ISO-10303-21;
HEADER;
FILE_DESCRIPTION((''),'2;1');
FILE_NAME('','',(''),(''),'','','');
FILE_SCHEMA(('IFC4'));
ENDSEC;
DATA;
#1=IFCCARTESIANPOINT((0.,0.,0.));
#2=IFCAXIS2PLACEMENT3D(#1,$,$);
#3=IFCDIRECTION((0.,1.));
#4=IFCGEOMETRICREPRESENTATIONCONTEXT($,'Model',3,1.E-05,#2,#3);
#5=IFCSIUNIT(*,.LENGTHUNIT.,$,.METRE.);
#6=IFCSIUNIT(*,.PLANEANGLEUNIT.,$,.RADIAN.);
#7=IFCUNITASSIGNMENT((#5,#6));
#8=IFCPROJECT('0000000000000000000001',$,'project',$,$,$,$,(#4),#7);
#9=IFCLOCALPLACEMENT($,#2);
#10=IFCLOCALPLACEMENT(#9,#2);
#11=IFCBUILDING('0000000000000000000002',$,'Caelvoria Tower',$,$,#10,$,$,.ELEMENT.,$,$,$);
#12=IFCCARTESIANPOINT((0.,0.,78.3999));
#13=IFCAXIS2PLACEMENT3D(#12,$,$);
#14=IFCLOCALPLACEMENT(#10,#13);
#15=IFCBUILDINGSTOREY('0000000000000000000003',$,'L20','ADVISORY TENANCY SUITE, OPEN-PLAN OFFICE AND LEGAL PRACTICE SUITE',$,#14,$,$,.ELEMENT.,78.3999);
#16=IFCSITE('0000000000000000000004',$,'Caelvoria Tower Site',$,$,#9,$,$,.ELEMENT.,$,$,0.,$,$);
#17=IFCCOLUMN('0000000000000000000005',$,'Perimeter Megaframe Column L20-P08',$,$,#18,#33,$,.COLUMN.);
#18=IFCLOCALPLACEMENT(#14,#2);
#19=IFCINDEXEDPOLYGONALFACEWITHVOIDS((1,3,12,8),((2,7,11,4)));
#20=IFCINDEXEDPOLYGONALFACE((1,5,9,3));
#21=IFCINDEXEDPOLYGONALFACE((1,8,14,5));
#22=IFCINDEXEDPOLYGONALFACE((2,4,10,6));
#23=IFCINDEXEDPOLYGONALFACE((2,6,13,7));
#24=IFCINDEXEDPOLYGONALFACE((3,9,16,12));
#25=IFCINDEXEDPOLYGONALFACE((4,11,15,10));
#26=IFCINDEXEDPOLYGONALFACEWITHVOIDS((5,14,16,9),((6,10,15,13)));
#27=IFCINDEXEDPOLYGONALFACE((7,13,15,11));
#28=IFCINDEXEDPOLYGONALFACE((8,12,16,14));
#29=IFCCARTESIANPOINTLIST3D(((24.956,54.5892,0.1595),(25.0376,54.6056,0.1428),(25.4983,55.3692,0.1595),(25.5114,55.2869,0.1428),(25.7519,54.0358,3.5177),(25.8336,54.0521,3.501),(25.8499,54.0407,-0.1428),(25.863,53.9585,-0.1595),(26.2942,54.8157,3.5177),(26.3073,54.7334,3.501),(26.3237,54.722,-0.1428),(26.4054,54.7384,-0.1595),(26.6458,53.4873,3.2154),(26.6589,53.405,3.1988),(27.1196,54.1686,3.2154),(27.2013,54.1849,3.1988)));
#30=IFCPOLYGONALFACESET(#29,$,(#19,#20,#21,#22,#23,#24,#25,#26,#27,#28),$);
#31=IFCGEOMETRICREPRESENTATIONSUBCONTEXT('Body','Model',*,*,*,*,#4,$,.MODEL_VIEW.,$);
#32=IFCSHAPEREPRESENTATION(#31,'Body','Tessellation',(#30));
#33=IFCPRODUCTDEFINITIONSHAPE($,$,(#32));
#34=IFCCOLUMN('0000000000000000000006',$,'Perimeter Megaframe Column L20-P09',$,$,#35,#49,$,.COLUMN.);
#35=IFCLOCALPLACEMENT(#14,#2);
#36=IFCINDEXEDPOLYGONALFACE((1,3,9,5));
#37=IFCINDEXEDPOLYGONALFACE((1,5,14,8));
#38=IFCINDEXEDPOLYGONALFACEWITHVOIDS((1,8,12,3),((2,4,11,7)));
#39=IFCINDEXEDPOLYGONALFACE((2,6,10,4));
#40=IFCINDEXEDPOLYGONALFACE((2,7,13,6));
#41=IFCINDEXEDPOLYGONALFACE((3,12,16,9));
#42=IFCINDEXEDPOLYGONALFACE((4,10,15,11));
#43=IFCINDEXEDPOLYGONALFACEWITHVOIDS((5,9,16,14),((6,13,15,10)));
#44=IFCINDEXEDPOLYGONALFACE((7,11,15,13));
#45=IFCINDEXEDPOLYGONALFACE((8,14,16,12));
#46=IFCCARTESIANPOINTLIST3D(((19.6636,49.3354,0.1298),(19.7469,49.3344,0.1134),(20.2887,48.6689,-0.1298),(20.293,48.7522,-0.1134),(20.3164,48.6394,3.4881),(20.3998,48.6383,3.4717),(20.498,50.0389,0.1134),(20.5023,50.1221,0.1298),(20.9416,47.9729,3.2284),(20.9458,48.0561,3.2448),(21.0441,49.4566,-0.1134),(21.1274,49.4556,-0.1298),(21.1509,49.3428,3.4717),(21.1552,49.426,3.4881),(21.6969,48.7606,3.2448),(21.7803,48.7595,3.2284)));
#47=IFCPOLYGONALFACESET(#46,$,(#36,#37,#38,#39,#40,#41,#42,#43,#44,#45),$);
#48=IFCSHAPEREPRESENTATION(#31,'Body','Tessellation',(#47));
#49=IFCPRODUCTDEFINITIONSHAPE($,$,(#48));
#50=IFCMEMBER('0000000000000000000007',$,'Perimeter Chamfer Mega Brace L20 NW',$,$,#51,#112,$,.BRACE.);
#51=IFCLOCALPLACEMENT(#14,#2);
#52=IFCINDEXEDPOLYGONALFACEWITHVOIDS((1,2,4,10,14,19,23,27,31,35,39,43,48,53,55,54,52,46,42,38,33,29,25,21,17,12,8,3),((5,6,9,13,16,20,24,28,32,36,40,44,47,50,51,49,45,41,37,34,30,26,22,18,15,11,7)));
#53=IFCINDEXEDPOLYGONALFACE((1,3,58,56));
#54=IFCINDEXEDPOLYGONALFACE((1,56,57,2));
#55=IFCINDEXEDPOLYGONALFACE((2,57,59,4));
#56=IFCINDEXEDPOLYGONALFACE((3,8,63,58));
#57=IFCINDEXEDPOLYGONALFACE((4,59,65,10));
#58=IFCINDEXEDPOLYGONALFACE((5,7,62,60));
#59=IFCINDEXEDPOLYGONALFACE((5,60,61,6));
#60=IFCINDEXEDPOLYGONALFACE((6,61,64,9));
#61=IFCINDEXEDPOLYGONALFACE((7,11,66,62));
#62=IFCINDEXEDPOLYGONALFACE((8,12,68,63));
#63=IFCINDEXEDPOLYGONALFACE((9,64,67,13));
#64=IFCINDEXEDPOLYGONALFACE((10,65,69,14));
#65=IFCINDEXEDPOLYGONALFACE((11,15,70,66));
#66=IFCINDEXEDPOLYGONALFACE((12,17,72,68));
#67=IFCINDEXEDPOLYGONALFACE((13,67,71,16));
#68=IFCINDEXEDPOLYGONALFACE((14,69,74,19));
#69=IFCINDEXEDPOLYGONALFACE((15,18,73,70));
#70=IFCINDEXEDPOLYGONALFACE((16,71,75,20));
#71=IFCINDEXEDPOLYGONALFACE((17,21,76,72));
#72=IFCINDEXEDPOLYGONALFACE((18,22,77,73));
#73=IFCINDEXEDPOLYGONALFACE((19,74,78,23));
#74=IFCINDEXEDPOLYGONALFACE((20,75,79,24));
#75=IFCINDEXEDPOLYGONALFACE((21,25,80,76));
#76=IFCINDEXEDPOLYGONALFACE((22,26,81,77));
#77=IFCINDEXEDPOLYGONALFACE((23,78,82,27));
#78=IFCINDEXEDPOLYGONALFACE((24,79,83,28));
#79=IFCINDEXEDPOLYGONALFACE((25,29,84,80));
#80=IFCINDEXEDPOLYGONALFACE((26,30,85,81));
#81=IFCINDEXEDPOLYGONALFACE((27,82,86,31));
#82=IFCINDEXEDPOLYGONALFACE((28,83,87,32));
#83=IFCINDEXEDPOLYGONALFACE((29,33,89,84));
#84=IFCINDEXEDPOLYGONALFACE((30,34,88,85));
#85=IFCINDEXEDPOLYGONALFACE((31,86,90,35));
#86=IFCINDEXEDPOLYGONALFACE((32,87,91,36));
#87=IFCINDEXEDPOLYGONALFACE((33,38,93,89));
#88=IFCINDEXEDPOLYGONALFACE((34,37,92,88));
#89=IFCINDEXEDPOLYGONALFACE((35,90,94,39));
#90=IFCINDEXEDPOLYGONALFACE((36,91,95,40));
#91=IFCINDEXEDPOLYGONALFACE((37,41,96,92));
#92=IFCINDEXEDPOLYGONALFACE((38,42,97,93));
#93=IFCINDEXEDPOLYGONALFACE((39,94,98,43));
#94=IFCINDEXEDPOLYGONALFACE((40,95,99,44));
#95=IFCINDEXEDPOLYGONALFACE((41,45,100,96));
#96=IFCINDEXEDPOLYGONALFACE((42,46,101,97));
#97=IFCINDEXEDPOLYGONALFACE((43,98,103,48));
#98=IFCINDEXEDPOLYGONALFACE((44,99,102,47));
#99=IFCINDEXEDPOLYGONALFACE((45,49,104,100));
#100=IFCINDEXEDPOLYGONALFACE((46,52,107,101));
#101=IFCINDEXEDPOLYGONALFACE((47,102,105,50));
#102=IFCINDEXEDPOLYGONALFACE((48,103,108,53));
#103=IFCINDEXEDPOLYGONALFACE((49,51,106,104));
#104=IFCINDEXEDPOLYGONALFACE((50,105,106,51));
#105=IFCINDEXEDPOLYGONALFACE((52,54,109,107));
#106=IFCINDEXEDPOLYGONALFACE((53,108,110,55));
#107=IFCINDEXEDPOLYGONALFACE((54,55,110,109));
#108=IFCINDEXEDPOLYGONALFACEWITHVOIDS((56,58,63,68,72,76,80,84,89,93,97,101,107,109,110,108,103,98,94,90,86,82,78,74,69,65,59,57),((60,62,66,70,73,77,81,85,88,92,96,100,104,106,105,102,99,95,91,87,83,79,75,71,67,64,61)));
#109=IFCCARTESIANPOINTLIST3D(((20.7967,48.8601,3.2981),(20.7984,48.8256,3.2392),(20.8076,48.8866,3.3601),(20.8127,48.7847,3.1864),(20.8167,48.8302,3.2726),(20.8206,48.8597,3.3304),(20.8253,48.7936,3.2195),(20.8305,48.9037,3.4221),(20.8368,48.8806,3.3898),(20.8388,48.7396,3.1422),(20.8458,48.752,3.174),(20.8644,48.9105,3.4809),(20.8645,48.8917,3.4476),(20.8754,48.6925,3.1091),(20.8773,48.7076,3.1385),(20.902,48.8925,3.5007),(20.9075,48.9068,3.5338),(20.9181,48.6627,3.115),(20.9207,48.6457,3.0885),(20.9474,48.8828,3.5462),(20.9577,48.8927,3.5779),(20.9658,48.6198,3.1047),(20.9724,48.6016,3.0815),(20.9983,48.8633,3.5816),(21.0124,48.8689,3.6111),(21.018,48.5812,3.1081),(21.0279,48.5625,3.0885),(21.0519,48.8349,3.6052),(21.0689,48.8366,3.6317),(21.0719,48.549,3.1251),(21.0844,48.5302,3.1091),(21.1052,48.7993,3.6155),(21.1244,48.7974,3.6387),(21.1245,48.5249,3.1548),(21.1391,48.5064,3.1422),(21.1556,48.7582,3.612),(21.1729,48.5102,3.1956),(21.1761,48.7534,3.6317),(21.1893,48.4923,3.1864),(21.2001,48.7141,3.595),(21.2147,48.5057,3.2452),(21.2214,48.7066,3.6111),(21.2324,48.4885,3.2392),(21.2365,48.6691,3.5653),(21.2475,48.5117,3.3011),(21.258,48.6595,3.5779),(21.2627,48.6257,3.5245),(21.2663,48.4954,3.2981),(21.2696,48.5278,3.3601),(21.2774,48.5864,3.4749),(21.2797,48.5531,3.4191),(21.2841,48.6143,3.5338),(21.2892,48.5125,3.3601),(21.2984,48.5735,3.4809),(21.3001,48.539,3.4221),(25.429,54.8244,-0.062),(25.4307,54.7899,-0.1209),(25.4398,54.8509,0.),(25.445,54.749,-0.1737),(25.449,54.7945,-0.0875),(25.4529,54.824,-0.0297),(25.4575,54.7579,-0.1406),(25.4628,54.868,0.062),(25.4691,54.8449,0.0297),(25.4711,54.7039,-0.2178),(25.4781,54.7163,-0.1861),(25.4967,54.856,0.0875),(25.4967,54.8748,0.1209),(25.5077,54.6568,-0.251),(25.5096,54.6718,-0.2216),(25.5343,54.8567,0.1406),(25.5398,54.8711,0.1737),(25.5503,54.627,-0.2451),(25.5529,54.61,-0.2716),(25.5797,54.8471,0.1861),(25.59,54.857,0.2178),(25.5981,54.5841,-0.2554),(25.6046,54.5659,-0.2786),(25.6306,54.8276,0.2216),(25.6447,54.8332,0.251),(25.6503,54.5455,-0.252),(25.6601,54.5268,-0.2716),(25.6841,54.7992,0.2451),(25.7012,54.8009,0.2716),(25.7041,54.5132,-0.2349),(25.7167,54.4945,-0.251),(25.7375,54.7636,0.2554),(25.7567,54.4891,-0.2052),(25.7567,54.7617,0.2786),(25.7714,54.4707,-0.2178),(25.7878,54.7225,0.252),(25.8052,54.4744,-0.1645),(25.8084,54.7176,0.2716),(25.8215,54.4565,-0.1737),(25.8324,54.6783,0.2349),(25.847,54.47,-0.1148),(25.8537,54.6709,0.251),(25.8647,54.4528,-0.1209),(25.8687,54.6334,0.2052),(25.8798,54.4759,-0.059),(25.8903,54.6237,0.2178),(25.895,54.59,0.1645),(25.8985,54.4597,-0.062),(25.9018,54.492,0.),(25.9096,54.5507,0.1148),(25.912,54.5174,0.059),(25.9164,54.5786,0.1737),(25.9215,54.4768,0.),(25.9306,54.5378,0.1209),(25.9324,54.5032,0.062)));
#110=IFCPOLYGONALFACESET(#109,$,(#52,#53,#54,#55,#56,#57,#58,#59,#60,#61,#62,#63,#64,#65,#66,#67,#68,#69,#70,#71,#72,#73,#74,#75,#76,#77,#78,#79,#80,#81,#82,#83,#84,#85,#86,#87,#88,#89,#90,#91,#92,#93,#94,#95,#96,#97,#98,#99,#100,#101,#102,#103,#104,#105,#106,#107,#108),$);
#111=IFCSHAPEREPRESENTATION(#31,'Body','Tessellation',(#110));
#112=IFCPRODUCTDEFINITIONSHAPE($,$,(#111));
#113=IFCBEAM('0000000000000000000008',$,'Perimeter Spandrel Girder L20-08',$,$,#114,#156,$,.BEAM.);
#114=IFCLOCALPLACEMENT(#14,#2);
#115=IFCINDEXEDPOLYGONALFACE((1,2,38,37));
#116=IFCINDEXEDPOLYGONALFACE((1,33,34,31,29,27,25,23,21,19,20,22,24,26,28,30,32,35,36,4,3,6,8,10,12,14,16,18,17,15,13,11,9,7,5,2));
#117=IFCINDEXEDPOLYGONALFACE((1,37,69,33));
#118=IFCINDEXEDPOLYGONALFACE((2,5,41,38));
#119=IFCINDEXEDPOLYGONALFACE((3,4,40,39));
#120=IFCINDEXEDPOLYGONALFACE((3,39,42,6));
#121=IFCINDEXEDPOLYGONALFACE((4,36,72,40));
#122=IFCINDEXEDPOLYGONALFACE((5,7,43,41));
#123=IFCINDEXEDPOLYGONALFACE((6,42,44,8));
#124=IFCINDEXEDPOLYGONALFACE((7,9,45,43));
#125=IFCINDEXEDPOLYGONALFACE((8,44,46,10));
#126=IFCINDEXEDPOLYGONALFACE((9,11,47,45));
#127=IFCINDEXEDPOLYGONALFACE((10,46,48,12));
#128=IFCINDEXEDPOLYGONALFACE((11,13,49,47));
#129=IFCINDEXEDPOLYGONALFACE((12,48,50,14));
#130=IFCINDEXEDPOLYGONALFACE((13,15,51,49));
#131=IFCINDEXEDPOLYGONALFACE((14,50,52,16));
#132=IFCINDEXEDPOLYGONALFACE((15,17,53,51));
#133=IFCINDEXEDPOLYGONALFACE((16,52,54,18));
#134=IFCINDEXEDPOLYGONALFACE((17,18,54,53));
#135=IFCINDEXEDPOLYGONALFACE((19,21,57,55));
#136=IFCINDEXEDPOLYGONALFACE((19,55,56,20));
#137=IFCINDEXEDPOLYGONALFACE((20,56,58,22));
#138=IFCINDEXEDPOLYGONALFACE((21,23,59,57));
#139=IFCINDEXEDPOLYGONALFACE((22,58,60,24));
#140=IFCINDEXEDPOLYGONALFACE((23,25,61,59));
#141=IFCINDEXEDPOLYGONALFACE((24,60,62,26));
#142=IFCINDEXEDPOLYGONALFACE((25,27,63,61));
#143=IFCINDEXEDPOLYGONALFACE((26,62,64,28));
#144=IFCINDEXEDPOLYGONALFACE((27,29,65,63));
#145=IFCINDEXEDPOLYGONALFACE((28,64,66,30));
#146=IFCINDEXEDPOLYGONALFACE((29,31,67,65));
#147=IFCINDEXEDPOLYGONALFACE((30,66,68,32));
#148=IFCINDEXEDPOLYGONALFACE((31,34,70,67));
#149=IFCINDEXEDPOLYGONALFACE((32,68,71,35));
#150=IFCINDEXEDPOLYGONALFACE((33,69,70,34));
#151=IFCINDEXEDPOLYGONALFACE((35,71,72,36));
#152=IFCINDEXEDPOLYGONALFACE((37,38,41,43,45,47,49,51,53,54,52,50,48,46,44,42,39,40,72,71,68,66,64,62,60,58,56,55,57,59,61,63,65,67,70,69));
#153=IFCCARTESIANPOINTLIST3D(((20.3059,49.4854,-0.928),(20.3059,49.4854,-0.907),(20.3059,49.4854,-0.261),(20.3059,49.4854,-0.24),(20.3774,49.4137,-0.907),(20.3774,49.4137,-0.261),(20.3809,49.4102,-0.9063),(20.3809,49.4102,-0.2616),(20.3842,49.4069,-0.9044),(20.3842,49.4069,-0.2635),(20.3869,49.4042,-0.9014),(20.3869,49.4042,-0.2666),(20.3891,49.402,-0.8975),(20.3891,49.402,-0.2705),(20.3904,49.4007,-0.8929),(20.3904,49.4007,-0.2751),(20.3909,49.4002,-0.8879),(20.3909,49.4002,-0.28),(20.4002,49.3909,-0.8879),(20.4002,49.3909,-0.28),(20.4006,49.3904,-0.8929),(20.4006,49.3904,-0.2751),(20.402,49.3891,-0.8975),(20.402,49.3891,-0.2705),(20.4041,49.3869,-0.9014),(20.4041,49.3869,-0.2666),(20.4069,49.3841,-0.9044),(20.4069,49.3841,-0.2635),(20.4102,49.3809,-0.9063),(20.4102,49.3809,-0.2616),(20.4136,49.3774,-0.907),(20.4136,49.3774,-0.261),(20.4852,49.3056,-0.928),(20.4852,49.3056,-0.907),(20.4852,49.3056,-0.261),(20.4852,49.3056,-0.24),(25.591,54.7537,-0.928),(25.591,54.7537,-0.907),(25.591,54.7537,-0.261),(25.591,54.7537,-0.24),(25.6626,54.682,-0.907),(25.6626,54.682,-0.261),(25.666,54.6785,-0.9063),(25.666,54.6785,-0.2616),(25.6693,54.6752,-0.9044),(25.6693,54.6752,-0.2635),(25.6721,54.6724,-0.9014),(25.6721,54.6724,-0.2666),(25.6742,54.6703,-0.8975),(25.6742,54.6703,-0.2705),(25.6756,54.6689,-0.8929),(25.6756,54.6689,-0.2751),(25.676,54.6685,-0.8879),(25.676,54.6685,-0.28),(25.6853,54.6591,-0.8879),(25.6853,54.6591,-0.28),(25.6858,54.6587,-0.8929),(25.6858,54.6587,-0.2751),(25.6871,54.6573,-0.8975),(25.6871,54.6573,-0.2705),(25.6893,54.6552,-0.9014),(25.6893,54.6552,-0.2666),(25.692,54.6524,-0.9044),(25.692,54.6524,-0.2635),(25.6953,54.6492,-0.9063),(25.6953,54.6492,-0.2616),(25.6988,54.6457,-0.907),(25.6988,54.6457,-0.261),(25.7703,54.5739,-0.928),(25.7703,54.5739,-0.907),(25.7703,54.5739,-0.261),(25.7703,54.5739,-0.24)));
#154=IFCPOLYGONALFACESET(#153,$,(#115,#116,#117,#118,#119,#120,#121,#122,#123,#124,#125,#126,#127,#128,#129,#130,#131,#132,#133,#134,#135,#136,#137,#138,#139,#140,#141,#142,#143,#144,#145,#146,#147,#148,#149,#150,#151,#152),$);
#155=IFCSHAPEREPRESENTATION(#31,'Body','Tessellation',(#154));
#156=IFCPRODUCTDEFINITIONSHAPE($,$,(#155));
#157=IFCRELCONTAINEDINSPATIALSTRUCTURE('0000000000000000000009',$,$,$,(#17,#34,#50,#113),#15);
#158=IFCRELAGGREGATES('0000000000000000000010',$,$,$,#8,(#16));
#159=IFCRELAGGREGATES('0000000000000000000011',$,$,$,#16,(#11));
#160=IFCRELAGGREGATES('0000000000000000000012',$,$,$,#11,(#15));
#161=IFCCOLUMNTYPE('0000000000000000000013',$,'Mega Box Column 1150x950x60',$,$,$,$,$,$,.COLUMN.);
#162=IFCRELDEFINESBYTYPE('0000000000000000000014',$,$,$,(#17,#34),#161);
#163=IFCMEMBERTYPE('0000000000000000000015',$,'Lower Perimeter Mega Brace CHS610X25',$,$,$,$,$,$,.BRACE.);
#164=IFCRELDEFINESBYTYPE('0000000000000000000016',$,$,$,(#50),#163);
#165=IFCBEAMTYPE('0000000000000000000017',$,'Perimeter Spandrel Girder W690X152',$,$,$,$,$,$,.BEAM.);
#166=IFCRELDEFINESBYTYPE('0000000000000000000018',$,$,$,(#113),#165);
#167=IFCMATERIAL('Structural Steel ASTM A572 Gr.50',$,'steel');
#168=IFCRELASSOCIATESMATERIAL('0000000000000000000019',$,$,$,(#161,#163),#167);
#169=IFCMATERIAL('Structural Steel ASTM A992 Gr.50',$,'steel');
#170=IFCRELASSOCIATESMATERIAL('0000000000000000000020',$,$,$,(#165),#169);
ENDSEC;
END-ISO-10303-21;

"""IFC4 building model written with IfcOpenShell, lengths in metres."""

from ifc_helpers import new_model, si_unit, direction, frame, origin, origin_2d, place, context, subcontext, project, spatial, hollow_rectangle, hollow_circle, i_section, extrude, material, material_profile, profile_set, type_object, element, save


model = new_model("IFC4")

# Units and contexts
model_context = context("Model", 3, precision=1e-05, world=origin(), true_north=direction((0.0, 1.0)))
body_context = subcontext(model_context, "Body", "Model", "MODEL_VIEW")
ifc_project = project(units=[si_unit("LENGTHUNIT", "METRE"), si_unit("PLANEANGLEUNIT", "RADIAN")], contexts=[model_context])

# Site, building, storey
site_placement = place(None, origin())
site = spatial("IfcSite", under=ifc_project, at=site_placement, Name="Caelvoria Tower Site", CompositionType="ELEMENT", RefElevation=0.0)
building_placement = place(site_placement, origin())
building = spatial("IfcBuilding", under=site, at=building_placement, Name="Caelvoria Tower", CompositionType="ELEMENT")
storey_placement = place(building_placement, frame((0.0, 0.0, 78.3999)))
storey = spatial("IfcBuildingStorey", under=building, at=storey_placement, Name="L20", Description="ADVISORY TENANCY SUITE, OPEN-PLAN OFFICE AND LEGAL PRACTICE SUITE", CompositionType="ELEMENT", Elevation=78.3999)

# Columns
ifc_material_1 = material(Name="Structural Steel ASTM A572 Gr.50", Category="steel")
ifc_material_profile_1 = material_profile(ifc_material_1, hollow_rectangle(XDim=0.95, YDim=1.1499, WallThickness=0.0601, at=origin_2d()), Name="Structural Steel ASTM A572 Gr.50")
ifc_profile_set_1 = profile_set([ifc_material_profile_1], Name="BOX1150X950X60 - Structural Steel ASTM A572 Gr.50")
column_type = type_object("IfcColumnType", Name="Mega Box Column 1150x950x60", PredefinedType="COLUMN", material=ifc_profile_set_1)
column_1_placement = place(storey_placement, frame((25.6807, 54.6638, 0.0), z_axis=(0.227707, -0.158347, 0.960768), x_axis=(0.570924, 0.821003, 0.0)))
element("IfcColumn", 1, at=column_1_placement, inside=storey, type_object=column_type, Name="Perimeter Megaframe Column L20-P08", PredefinedType="COLUMN", context=body_context, shape_type="SweptSolid", body=[
    extrude(hollow_rectangle(XDim=0.95, YDim=1.1499, WallThickness=0.0601, at=origin_2d()), origin(), (0.0, 0.0, 1.0), 3.4954),
])
column_2_placement = place(storey_placement, frame((20.3955, 49.3955, 0.0), z_axis=(0.186998, -0.199376, 0.961915), x_axis=(-0.658049, 0.701607, 0.273348)))
element("IfcColumn", 2, at=column_2_placement, inside=storey, type_object=column_type, Name="Perimeter Megaframe Column L20-P09", PredefinedType="COLUMN", context=body_context, shape_type="SweptSolid", body=[
    extrude(hollow_rectangle(XDim=0.95, YDim=1.1499, WallThickness=0.0601, at=origin_2d()), origin(), (0.0, 0.0, 1.0), 3.4912),
])

# Member
ifc_material_profile_2 = material_profile(ifc_material_1, hollow_circle(Radius=0.3049, WallThickness=0.0249, at=origin_2d()), Name="Structural Steel ASTM A572 Gr.50")
ifc_profile_set_2 = profile_set([ifc_material_profile_2], Name="CHS610X25 - Structural Steel ASTM A572 Gr.50")
member_type = type_object("IfcMemberType", Name="Lower Perimeter Mega Brace CHS610X25", PredefinedType="BRACE", material=ifc_profile_set_2)
member_placement = place(storey_placement, frame((25.6807, 54.6638, 0.0), z_axis=(-0.560425, -0.721576, 0.406511), x_axis=(0.789777, -0.613394, 0.0)))
element("IfcMember", 3, at=member_placement, inside=storey, type_object=member_type, Name="Perimeter Chamfer Mega Brace L20 NW", PredefinedType="BRACE", context=body_context, shape_type="SweptSolid", body=[
    extrude(hollow_circle(Radius=0.3049, WallThickness=0.0249, at=origin_2d()), origin(), (0.0, 0.0, 1.0), 8.2656),
])

# Beam
ifc_material_2 = material(Name="Structural Steel ASTM A992 Gr.50", Category="steel")
ifc_material_profile_3 = material_profile(ifc_material_2, i_section(OverallWidth=0.2539, OverallDepth=0.688, WebThickness=0.0132, FlangeThickness=0.021, FilletRadius=0.019, at=origin_2d()), Name="Structural Steel ASTM A992 Gr.50")
ifc_profile_set_3 = profile_set([ifc_material_profile_3], Name="W690X152 - Structural Steel ASTM A992 Gr.50")
beam_type_1 = type_object("IfcBeamType", Name="Perimeter Spandrel Girder W690X152", PredefinedType="BEAM", material=ifc_profile_set_3)
beam_1_placement = place(storey_placement, frame((25.6807, 54.6638, -0.584), z_axis=(-0.708235, -0.705977, 0.0), x_axis=(0.705977, -0.708235, 0.0)))
element("IfcBeam", 4, at=beam_1_placement, inside=storey, type_object=beam_type_1, Name="Perimeter Spandrel Girder L20-08", PredefinedType="BEAM", context=body_context, shape_type="SweptSolid", body=[
    extrude(i_section(OverallWidth=0.2539, OverallDepth=0.688, WebThickness=0.0132, FlangeThickness=0.021, FilletRadius=0.019, at=origin_2d()), origin(), (0.0, 0.0, 1.0), 7.4624),
])

save(model, "model.ifc")
